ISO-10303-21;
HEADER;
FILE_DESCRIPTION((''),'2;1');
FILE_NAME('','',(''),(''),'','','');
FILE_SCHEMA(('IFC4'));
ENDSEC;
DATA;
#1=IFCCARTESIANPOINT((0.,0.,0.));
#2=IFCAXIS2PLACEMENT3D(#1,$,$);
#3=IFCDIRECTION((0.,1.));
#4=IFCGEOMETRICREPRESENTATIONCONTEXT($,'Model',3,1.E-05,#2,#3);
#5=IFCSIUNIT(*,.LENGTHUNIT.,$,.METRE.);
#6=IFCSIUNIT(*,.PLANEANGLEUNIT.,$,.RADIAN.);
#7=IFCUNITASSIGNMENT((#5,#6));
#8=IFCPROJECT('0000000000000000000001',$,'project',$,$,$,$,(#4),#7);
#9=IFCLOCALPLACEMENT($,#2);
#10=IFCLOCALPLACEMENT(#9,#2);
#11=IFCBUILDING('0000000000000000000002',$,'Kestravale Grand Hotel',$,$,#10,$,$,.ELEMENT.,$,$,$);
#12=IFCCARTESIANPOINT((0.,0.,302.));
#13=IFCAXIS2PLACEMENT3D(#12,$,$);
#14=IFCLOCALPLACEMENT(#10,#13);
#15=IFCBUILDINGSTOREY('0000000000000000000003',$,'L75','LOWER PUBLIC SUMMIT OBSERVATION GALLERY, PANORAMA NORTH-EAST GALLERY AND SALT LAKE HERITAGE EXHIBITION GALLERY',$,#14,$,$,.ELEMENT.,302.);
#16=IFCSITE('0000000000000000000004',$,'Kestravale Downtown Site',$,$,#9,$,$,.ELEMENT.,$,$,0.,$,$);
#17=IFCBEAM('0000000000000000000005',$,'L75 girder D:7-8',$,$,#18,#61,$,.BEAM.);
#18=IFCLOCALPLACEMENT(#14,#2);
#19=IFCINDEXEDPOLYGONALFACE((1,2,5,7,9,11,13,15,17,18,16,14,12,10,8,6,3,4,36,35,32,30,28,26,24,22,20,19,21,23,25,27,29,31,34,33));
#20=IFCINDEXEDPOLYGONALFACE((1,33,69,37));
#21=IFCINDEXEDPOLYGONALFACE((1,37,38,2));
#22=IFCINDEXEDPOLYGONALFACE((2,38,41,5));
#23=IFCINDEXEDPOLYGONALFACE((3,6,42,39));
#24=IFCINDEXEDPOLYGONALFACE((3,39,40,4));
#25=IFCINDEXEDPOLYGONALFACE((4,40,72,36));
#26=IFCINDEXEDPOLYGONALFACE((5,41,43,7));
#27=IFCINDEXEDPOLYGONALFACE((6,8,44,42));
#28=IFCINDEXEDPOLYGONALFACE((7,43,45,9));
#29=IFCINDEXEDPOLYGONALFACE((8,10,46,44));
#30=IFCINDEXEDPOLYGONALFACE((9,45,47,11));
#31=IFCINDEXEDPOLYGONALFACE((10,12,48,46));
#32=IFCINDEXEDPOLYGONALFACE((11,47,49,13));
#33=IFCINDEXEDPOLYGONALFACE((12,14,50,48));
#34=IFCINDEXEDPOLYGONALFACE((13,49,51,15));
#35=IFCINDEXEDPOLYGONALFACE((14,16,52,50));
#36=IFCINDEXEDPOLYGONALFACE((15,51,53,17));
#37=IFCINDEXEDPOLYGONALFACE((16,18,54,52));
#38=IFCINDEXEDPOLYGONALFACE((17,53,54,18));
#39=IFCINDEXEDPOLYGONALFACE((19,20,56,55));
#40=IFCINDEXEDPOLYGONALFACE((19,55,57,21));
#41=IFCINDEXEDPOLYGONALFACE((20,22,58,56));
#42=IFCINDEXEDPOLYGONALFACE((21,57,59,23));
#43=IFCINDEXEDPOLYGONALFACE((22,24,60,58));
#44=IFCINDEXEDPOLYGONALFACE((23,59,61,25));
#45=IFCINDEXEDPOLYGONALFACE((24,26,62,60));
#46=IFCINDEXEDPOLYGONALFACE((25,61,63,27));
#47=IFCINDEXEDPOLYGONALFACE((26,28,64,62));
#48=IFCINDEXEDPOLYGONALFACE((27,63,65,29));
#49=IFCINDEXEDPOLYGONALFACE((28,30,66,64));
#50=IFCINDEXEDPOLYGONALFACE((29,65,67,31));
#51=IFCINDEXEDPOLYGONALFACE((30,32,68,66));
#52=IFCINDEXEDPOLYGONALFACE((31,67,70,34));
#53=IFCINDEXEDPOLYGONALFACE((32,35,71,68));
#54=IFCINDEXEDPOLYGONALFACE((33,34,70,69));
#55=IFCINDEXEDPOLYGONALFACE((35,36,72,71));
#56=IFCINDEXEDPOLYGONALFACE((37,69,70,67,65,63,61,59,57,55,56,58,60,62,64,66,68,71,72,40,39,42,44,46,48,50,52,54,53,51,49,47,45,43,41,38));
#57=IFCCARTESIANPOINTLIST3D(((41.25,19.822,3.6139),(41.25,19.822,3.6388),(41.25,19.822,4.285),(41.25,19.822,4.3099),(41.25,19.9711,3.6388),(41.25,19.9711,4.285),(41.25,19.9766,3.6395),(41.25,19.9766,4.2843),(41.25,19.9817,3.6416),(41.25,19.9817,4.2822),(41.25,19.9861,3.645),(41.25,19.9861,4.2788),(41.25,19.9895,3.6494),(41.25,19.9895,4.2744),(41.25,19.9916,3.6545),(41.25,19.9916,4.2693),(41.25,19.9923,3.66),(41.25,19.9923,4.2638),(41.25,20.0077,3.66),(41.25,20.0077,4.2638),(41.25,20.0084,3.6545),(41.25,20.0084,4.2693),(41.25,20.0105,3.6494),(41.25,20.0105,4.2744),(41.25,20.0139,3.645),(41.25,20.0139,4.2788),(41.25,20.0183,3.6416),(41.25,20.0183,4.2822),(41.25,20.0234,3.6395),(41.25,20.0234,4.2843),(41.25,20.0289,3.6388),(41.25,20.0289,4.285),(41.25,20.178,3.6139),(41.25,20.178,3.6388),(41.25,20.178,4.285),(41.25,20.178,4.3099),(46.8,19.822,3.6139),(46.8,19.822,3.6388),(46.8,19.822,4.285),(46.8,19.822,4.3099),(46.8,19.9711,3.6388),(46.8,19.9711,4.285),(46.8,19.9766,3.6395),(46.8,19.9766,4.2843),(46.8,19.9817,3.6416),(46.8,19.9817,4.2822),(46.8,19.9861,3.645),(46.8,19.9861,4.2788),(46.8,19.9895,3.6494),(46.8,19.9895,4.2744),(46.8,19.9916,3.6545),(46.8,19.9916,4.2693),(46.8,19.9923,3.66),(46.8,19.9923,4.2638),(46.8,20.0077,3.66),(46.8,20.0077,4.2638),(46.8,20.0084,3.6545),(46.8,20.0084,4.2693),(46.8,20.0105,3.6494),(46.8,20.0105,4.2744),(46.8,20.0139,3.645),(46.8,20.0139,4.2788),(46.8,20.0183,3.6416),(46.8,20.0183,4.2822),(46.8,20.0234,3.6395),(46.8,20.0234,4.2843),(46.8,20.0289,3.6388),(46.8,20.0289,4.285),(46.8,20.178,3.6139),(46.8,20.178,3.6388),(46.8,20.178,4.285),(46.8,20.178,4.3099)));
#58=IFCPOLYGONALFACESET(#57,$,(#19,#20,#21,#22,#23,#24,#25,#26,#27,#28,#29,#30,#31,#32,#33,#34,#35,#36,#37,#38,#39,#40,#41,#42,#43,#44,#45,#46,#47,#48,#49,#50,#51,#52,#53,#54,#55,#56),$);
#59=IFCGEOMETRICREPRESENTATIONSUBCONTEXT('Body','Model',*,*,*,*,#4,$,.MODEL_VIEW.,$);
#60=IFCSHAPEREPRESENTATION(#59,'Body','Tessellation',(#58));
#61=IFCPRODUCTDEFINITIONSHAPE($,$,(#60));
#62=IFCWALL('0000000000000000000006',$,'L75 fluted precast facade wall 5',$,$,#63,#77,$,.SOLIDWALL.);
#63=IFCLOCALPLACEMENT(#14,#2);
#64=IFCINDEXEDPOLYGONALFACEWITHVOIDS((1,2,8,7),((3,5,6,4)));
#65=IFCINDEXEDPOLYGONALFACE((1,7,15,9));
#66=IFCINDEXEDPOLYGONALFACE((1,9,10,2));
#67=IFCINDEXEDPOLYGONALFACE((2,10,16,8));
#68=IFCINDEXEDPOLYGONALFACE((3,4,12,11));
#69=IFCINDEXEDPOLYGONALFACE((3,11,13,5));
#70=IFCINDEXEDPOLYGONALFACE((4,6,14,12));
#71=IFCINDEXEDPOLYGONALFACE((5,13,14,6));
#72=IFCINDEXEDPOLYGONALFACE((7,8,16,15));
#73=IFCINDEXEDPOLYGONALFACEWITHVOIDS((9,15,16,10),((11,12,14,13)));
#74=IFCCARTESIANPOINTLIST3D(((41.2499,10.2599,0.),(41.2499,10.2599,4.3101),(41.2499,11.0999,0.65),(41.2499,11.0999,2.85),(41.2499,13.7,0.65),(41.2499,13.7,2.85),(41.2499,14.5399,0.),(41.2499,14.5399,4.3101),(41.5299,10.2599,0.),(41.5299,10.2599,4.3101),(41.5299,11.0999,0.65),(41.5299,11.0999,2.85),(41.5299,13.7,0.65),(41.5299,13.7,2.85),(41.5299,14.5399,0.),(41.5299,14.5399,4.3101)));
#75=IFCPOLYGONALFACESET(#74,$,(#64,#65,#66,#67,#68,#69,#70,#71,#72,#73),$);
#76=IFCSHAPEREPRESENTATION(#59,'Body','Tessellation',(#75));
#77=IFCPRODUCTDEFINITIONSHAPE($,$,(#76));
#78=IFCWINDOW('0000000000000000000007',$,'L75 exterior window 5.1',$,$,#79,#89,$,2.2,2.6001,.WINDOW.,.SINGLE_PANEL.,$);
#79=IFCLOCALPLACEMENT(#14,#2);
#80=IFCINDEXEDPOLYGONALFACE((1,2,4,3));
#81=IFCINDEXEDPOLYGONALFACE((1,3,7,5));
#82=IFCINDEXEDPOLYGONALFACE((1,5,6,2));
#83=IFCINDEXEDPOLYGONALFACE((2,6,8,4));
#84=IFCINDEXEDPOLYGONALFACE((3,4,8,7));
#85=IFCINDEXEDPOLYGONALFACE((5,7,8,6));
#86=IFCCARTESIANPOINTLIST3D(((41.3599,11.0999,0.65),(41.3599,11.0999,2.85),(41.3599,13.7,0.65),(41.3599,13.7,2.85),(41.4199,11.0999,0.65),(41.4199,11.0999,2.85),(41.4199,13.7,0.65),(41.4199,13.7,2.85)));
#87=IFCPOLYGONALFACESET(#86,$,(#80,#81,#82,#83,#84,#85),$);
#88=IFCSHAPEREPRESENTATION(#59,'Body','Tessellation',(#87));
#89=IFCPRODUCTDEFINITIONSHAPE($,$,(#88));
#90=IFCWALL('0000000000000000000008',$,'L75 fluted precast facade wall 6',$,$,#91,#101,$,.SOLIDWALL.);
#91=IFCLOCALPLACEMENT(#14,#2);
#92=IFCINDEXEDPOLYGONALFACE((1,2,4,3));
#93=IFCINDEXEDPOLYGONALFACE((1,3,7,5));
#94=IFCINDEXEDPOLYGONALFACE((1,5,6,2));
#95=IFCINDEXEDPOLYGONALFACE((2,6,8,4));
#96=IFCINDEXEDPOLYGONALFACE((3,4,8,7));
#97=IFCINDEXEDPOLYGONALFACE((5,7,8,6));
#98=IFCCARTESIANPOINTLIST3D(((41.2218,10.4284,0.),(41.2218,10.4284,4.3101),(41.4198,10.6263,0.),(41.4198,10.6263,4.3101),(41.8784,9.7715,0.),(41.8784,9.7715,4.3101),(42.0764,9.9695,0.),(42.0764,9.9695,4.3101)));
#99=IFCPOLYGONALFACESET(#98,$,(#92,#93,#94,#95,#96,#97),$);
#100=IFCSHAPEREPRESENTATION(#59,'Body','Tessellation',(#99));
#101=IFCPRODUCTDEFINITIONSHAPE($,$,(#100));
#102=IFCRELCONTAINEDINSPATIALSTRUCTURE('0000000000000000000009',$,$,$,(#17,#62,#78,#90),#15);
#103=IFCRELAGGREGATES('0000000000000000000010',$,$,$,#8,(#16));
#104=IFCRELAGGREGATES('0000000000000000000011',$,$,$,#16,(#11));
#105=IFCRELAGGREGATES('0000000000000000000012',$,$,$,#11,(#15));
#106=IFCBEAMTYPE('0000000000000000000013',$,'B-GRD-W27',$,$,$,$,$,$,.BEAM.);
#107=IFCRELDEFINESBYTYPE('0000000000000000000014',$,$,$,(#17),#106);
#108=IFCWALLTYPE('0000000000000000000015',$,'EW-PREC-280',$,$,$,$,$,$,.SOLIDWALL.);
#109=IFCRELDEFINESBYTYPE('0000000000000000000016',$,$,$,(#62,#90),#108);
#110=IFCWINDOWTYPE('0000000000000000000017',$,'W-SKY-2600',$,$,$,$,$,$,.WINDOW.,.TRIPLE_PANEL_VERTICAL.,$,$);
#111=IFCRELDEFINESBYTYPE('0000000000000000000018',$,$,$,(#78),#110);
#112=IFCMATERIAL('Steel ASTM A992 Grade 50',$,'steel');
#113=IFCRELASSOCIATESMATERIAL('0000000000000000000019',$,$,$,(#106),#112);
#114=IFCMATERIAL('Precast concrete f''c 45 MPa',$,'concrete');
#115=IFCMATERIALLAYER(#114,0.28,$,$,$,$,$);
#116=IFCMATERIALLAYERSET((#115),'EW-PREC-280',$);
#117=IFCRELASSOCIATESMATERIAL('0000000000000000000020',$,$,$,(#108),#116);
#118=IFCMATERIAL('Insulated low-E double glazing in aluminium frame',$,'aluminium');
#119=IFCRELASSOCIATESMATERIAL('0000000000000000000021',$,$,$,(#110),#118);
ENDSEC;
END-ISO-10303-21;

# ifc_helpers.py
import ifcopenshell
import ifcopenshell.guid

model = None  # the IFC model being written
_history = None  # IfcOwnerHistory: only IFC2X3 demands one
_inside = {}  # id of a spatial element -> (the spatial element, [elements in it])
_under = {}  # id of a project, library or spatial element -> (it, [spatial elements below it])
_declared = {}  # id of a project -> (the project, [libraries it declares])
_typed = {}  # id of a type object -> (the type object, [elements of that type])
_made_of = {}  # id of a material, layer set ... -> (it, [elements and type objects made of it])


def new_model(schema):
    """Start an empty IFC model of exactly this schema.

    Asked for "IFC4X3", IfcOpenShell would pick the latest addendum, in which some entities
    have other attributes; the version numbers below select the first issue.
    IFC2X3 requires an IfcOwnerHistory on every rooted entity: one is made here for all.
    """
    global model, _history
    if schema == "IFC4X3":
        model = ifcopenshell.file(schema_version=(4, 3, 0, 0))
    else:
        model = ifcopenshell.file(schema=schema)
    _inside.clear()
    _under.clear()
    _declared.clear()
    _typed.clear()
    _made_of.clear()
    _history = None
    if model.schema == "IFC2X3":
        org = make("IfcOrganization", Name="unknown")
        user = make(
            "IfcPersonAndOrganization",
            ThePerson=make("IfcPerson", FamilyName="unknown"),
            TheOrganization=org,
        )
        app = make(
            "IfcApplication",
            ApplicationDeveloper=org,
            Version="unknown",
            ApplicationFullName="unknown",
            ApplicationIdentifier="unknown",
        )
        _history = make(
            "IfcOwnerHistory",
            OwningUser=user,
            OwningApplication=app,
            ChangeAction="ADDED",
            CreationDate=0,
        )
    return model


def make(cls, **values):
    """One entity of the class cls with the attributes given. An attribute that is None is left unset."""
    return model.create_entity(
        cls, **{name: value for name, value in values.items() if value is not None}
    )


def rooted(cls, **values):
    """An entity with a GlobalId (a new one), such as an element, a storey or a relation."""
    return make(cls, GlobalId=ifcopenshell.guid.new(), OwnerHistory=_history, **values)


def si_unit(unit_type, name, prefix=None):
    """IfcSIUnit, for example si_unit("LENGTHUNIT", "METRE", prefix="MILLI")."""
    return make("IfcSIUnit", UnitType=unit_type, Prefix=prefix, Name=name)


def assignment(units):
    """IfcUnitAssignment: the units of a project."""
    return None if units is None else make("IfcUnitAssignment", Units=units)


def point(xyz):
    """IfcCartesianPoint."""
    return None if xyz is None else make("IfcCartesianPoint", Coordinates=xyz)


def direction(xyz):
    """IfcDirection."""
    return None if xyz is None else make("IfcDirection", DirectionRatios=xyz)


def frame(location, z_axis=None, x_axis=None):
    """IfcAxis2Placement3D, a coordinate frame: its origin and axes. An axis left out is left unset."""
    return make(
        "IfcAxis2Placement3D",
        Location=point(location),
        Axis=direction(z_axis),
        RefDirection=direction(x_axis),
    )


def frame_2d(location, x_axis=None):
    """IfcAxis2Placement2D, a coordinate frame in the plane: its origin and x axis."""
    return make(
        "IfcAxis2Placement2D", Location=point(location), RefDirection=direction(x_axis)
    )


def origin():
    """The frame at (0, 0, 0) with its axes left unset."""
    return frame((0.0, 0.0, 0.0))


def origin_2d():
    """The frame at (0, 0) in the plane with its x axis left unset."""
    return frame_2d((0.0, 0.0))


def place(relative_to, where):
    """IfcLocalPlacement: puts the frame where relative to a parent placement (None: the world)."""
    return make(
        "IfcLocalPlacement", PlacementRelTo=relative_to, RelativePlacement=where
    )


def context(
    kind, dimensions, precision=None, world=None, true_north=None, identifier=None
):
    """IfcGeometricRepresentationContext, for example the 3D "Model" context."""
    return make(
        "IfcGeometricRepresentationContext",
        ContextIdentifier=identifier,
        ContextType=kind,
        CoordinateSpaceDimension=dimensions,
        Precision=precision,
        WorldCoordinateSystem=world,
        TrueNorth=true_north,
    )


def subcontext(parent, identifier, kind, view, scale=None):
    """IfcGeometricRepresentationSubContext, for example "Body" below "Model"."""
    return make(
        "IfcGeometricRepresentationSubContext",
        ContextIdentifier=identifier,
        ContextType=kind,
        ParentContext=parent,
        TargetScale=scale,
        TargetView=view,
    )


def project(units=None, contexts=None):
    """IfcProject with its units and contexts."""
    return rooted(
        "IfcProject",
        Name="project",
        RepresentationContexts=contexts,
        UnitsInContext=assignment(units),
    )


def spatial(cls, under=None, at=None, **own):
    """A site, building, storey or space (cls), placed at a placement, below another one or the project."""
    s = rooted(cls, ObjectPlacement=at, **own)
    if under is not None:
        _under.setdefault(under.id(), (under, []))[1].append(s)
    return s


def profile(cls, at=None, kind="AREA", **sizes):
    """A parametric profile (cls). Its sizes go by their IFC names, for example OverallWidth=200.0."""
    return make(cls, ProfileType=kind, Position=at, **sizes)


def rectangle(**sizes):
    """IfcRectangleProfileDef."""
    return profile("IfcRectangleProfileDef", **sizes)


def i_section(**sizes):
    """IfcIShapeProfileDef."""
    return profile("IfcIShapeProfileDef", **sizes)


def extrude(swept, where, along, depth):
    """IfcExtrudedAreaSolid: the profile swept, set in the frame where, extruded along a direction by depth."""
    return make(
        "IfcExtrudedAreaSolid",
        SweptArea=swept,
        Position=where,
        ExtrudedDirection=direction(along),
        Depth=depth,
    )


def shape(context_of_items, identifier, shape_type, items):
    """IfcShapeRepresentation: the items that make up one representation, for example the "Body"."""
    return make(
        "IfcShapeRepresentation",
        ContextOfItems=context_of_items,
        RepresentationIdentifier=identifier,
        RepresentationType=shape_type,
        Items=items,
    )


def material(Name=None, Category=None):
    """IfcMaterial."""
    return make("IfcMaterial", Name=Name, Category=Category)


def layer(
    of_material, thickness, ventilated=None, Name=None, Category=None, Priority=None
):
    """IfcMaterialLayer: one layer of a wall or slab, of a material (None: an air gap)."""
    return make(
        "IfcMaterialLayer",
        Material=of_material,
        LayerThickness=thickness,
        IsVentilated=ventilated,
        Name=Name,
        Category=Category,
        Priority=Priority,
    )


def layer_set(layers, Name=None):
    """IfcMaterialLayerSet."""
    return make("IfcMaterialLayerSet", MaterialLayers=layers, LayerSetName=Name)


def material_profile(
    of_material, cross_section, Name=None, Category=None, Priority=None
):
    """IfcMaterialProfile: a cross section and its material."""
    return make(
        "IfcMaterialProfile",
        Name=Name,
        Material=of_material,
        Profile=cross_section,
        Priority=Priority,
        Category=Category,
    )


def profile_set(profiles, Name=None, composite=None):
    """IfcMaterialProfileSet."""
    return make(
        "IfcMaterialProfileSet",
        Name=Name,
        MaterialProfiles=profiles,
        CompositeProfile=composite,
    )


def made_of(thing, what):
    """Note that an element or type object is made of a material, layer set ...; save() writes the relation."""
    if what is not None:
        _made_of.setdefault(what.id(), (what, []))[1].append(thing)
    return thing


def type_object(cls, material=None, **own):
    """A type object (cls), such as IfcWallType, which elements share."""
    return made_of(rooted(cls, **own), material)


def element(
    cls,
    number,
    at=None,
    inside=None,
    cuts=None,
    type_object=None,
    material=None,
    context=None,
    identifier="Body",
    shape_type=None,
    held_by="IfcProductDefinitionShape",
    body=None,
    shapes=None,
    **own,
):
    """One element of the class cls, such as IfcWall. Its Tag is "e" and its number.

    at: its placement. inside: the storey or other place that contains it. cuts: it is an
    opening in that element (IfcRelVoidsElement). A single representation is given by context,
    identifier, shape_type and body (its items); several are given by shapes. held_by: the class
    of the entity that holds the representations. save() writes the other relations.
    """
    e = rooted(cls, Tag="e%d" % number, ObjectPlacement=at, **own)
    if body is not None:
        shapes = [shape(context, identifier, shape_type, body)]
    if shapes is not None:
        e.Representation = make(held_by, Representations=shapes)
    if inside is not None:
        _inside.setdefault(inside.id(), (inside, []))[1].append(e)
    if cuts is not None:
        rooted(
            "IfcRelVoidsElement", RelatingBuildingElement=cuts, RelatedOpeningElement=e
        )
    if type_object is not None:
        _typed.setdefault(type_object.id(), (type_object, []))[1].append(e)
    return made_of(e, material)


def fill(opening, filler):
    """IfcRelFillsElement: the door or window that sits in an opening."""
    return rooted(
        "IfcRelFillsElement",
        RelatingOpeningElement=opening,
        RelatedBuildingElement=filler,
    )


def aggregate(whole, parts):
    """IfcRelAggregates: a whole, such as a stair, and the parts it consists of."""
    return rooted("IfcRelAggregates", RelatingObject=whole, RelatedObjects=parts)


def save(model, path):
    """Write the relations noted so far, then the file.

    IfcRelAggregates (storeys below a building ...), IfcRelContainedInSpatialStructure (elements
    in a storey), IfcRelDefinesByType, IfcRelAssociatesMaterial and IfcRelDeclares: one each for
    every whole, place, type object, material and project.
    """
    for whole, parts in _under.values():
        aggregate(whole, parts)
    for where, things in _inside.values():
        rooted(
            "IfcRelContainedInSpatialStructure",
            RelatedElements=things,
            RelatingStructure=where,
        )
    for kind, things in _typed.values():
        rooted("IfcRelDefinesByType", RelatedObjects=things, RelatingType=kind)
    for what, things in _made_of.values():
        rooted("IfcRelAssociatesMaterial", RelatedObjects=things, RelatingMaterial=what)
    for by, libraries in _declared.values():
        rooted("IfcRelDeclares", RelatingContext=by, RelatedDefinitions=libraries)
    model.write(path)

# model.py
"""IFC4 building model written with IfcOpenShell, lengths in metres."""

from ifc_helpers import new_model, si_unit, direction, frame, frame_2d, origin, origin_2d, place, context, subcontext, project, spatial, rectangle, i_section, extrude, material, layer, layer_set, material_profile, profile_set, type_object, element, fill, save


model = new_model("IFC4")

# Units and contexts
model_context = context("Model", 3, precision=1e-05, world=origin(), true_north=direction((0.0, 1.0)))
body_context = subcontext(model_context, "Body", "Model", "MODEL_VIEW")
ifc_project = project(units=[si_unit("LENGTHUNIT", "METRE"), si_unit("PLANEANGLEUNIT", "RADIAN")], contexts=[model_context])

# Site, building, storey
site_placement = place(None, origin())
site = spatial("IfcSite", under=ifc_project, at=site_placement, Name="Kestravale Downtown Site", CompositionType="ELEMENT", RefElevation=0.0)
building_placement = place(site_placement, origin())
building = spatial("IfcBuilding", under=site, at=building_placement, Name="Kestravale Grand Hotel", CompositionType="ELEMENT")
storey_placement = place(building_placement, frame((0.0, 0.0, 302.0)))
storey = spatial("IfcBuildingStorey", under=building, at=storey_placement, Name="L75", Description="LOWER PUBLIC SUMMIT OBSERVATION GALLERY, PANORAMA NORTH-EAST GALLERY AND SALT LAKE HERITAGE EXHIBITION GALLERY", CompositionType="ELEMENT", Elevation=302.0)

# Beam
ifc_material_1 = material(Name="Steel ASTM A992 Grade 50", Category="steel")
ifc_material_profile_1 = material_profile(ifc_material_1, i_section(OverallWidth=0.356, OverallDepth=0.696, WebThickness=0.0154, FlangeThickness=0.0249, FilletRadius=0.0212, at=origin_2d()))
ifc_profile_set_1 = profile_set([ifc_material_profile_1], Name="Steel ASTM A992 Grade 50")
beam_type_1 = type_object("IfcBeamType", Name="B-GRD-W27", PredefinedType="BEAM", material=ifc_profile_set_1)
beam_1_placement = place(storey_placement, frame((41.25, 20.0, 3.9619), z_axis=(1.0, 0.0, 0.0), x_axis=(0.0, 1.0, 0.0)))
element("IfcBeam", 1, at=beam_1_placement, inside=storey, type_object=beam_type_1, Name="L75 girder D:7-8", PredefinedType="BEAM", context=body_context, shape_type="SweptSolid", body=[
    extrude(i_section(OverallWidth=0.356, OverallDepth=0.696, WebThickness=0.0154, FlangeThickness=0.0249, FilletRadius=0.0212, at=origin_2d()), origin(), (0.0, 0.0, 1.0), 5.55),
])

# Wall, opening, window
ifc_material_2 = material(Name="Precast concrete f'c 45 MPa", Category="concrete")
ifc_layer_1 = layer(ifc_material_2, 0.28)
ifc_layer_set_1 = layer_set([ifc_layer_1], Name="EW-PREC-280")
wall_type_1 = type_object("IfcWallType", Name="EW-PREC-280", PredefinedType="SOLIDWALL", material=ifc_layer_set_1)
wall_1_placement = place(storey_placement, frame((41.3899, 14.54, 0.0), z_axis=(0.0, 0.0, 1.0), x_axis=(0.0, -1.0, 0.0)))
wall_1 = element("IfcWall", 2, at=wall_1_placement, inside=storey, type_object=wall_type_1, Name="L75 fluted precast facade wall 5", PredefinedType="SOLIDWALL", context=body_context, shape_type="SweptSolid", body=[
    extrude(rectangle(XDim=4.28, YDim=0.28, at=frame_2d((2.1401, 0.0))), origin(), (0.0, 0.0, 1.0), 4.3101),
])
opening_1_placement = place(wall_1_placement, frame((0.8401, 0.0, 0.6499)))
opening_1 = element("IfcOpeningElement", 3, at=opening_1_placement, cuts=wall_1, PredefinedType="OPENING", context=body_context, shape_type="SweptSolid", body=[
    extrude(rectangle(XDim=2.6001, YDim=2.2, at=frame_2d((1.3, 1.1001))), frame((0.0, 0.1499, 0.0), z_axis=(0.0, -1.0, 0.0), x_axis=(1.0, 0.0, 0.0)), (0.0, 0.0, 1.0), 0.3),
])
ifc_material_3 = material(Name="Insulated low-E double glazing in aluminium frame", Category="aluminium")
window_type = type_object("IfcWindowType", Name="W-SKY-2600", PartitioningType="TRIPLE_PANEL_VERTICAL", PredefinedType="WINDOW", material=ifc_material_3)
window_1_placement = place(opening_1_placement, origin())
window_1 = element("IfcWindow", 4, at=window_1_placement, inside=storey, type_object=window_type, Name="L75 exterior window 5.1", OverallHeight=2.2, OverallWidth=2.6001, PartitioningType="SINGLE_PANEL", PredefinedType="WINDOW", context=body_context, shape_type="SweptSolid", body=[
    extrude(rectangle(XDim=2.6001, YDim=2.2, at=frame_2d((1.3, 1.1001))), frame((0.0, 0.03, 0.0), z_axis=(0.0, -1.0, 0.0), x_axis=(1.0, 0.0, 0.0)), (0.0, 0.0, 1.0), 0.0601),
])
fill(opening_1, window_1)

# Wall
wall_2_placement = place(storey_placement, frame((41.3208, 10.5273, 0.0), z_axis=(0.0, 0.0, 1.0), x_axis=(0.706975, -0.707238, 0.0)))
element("IfcWall", 5, at=wall_2_placement, inside=storey, type_object=wall_type_1, Name="L75 fluted precast facade wall 6", PredefinedType="SOLIDWALL", context=body_context, shape_type="SweptSolid", body=[
    extrude(rectangle(XDim=0.9287, YDim=0.28, at=frame_2d((0.4644, 0.0))), origin(), (0.0, 0.0, 1.0), 4.3101),
])

save(model, "model.ifc")
